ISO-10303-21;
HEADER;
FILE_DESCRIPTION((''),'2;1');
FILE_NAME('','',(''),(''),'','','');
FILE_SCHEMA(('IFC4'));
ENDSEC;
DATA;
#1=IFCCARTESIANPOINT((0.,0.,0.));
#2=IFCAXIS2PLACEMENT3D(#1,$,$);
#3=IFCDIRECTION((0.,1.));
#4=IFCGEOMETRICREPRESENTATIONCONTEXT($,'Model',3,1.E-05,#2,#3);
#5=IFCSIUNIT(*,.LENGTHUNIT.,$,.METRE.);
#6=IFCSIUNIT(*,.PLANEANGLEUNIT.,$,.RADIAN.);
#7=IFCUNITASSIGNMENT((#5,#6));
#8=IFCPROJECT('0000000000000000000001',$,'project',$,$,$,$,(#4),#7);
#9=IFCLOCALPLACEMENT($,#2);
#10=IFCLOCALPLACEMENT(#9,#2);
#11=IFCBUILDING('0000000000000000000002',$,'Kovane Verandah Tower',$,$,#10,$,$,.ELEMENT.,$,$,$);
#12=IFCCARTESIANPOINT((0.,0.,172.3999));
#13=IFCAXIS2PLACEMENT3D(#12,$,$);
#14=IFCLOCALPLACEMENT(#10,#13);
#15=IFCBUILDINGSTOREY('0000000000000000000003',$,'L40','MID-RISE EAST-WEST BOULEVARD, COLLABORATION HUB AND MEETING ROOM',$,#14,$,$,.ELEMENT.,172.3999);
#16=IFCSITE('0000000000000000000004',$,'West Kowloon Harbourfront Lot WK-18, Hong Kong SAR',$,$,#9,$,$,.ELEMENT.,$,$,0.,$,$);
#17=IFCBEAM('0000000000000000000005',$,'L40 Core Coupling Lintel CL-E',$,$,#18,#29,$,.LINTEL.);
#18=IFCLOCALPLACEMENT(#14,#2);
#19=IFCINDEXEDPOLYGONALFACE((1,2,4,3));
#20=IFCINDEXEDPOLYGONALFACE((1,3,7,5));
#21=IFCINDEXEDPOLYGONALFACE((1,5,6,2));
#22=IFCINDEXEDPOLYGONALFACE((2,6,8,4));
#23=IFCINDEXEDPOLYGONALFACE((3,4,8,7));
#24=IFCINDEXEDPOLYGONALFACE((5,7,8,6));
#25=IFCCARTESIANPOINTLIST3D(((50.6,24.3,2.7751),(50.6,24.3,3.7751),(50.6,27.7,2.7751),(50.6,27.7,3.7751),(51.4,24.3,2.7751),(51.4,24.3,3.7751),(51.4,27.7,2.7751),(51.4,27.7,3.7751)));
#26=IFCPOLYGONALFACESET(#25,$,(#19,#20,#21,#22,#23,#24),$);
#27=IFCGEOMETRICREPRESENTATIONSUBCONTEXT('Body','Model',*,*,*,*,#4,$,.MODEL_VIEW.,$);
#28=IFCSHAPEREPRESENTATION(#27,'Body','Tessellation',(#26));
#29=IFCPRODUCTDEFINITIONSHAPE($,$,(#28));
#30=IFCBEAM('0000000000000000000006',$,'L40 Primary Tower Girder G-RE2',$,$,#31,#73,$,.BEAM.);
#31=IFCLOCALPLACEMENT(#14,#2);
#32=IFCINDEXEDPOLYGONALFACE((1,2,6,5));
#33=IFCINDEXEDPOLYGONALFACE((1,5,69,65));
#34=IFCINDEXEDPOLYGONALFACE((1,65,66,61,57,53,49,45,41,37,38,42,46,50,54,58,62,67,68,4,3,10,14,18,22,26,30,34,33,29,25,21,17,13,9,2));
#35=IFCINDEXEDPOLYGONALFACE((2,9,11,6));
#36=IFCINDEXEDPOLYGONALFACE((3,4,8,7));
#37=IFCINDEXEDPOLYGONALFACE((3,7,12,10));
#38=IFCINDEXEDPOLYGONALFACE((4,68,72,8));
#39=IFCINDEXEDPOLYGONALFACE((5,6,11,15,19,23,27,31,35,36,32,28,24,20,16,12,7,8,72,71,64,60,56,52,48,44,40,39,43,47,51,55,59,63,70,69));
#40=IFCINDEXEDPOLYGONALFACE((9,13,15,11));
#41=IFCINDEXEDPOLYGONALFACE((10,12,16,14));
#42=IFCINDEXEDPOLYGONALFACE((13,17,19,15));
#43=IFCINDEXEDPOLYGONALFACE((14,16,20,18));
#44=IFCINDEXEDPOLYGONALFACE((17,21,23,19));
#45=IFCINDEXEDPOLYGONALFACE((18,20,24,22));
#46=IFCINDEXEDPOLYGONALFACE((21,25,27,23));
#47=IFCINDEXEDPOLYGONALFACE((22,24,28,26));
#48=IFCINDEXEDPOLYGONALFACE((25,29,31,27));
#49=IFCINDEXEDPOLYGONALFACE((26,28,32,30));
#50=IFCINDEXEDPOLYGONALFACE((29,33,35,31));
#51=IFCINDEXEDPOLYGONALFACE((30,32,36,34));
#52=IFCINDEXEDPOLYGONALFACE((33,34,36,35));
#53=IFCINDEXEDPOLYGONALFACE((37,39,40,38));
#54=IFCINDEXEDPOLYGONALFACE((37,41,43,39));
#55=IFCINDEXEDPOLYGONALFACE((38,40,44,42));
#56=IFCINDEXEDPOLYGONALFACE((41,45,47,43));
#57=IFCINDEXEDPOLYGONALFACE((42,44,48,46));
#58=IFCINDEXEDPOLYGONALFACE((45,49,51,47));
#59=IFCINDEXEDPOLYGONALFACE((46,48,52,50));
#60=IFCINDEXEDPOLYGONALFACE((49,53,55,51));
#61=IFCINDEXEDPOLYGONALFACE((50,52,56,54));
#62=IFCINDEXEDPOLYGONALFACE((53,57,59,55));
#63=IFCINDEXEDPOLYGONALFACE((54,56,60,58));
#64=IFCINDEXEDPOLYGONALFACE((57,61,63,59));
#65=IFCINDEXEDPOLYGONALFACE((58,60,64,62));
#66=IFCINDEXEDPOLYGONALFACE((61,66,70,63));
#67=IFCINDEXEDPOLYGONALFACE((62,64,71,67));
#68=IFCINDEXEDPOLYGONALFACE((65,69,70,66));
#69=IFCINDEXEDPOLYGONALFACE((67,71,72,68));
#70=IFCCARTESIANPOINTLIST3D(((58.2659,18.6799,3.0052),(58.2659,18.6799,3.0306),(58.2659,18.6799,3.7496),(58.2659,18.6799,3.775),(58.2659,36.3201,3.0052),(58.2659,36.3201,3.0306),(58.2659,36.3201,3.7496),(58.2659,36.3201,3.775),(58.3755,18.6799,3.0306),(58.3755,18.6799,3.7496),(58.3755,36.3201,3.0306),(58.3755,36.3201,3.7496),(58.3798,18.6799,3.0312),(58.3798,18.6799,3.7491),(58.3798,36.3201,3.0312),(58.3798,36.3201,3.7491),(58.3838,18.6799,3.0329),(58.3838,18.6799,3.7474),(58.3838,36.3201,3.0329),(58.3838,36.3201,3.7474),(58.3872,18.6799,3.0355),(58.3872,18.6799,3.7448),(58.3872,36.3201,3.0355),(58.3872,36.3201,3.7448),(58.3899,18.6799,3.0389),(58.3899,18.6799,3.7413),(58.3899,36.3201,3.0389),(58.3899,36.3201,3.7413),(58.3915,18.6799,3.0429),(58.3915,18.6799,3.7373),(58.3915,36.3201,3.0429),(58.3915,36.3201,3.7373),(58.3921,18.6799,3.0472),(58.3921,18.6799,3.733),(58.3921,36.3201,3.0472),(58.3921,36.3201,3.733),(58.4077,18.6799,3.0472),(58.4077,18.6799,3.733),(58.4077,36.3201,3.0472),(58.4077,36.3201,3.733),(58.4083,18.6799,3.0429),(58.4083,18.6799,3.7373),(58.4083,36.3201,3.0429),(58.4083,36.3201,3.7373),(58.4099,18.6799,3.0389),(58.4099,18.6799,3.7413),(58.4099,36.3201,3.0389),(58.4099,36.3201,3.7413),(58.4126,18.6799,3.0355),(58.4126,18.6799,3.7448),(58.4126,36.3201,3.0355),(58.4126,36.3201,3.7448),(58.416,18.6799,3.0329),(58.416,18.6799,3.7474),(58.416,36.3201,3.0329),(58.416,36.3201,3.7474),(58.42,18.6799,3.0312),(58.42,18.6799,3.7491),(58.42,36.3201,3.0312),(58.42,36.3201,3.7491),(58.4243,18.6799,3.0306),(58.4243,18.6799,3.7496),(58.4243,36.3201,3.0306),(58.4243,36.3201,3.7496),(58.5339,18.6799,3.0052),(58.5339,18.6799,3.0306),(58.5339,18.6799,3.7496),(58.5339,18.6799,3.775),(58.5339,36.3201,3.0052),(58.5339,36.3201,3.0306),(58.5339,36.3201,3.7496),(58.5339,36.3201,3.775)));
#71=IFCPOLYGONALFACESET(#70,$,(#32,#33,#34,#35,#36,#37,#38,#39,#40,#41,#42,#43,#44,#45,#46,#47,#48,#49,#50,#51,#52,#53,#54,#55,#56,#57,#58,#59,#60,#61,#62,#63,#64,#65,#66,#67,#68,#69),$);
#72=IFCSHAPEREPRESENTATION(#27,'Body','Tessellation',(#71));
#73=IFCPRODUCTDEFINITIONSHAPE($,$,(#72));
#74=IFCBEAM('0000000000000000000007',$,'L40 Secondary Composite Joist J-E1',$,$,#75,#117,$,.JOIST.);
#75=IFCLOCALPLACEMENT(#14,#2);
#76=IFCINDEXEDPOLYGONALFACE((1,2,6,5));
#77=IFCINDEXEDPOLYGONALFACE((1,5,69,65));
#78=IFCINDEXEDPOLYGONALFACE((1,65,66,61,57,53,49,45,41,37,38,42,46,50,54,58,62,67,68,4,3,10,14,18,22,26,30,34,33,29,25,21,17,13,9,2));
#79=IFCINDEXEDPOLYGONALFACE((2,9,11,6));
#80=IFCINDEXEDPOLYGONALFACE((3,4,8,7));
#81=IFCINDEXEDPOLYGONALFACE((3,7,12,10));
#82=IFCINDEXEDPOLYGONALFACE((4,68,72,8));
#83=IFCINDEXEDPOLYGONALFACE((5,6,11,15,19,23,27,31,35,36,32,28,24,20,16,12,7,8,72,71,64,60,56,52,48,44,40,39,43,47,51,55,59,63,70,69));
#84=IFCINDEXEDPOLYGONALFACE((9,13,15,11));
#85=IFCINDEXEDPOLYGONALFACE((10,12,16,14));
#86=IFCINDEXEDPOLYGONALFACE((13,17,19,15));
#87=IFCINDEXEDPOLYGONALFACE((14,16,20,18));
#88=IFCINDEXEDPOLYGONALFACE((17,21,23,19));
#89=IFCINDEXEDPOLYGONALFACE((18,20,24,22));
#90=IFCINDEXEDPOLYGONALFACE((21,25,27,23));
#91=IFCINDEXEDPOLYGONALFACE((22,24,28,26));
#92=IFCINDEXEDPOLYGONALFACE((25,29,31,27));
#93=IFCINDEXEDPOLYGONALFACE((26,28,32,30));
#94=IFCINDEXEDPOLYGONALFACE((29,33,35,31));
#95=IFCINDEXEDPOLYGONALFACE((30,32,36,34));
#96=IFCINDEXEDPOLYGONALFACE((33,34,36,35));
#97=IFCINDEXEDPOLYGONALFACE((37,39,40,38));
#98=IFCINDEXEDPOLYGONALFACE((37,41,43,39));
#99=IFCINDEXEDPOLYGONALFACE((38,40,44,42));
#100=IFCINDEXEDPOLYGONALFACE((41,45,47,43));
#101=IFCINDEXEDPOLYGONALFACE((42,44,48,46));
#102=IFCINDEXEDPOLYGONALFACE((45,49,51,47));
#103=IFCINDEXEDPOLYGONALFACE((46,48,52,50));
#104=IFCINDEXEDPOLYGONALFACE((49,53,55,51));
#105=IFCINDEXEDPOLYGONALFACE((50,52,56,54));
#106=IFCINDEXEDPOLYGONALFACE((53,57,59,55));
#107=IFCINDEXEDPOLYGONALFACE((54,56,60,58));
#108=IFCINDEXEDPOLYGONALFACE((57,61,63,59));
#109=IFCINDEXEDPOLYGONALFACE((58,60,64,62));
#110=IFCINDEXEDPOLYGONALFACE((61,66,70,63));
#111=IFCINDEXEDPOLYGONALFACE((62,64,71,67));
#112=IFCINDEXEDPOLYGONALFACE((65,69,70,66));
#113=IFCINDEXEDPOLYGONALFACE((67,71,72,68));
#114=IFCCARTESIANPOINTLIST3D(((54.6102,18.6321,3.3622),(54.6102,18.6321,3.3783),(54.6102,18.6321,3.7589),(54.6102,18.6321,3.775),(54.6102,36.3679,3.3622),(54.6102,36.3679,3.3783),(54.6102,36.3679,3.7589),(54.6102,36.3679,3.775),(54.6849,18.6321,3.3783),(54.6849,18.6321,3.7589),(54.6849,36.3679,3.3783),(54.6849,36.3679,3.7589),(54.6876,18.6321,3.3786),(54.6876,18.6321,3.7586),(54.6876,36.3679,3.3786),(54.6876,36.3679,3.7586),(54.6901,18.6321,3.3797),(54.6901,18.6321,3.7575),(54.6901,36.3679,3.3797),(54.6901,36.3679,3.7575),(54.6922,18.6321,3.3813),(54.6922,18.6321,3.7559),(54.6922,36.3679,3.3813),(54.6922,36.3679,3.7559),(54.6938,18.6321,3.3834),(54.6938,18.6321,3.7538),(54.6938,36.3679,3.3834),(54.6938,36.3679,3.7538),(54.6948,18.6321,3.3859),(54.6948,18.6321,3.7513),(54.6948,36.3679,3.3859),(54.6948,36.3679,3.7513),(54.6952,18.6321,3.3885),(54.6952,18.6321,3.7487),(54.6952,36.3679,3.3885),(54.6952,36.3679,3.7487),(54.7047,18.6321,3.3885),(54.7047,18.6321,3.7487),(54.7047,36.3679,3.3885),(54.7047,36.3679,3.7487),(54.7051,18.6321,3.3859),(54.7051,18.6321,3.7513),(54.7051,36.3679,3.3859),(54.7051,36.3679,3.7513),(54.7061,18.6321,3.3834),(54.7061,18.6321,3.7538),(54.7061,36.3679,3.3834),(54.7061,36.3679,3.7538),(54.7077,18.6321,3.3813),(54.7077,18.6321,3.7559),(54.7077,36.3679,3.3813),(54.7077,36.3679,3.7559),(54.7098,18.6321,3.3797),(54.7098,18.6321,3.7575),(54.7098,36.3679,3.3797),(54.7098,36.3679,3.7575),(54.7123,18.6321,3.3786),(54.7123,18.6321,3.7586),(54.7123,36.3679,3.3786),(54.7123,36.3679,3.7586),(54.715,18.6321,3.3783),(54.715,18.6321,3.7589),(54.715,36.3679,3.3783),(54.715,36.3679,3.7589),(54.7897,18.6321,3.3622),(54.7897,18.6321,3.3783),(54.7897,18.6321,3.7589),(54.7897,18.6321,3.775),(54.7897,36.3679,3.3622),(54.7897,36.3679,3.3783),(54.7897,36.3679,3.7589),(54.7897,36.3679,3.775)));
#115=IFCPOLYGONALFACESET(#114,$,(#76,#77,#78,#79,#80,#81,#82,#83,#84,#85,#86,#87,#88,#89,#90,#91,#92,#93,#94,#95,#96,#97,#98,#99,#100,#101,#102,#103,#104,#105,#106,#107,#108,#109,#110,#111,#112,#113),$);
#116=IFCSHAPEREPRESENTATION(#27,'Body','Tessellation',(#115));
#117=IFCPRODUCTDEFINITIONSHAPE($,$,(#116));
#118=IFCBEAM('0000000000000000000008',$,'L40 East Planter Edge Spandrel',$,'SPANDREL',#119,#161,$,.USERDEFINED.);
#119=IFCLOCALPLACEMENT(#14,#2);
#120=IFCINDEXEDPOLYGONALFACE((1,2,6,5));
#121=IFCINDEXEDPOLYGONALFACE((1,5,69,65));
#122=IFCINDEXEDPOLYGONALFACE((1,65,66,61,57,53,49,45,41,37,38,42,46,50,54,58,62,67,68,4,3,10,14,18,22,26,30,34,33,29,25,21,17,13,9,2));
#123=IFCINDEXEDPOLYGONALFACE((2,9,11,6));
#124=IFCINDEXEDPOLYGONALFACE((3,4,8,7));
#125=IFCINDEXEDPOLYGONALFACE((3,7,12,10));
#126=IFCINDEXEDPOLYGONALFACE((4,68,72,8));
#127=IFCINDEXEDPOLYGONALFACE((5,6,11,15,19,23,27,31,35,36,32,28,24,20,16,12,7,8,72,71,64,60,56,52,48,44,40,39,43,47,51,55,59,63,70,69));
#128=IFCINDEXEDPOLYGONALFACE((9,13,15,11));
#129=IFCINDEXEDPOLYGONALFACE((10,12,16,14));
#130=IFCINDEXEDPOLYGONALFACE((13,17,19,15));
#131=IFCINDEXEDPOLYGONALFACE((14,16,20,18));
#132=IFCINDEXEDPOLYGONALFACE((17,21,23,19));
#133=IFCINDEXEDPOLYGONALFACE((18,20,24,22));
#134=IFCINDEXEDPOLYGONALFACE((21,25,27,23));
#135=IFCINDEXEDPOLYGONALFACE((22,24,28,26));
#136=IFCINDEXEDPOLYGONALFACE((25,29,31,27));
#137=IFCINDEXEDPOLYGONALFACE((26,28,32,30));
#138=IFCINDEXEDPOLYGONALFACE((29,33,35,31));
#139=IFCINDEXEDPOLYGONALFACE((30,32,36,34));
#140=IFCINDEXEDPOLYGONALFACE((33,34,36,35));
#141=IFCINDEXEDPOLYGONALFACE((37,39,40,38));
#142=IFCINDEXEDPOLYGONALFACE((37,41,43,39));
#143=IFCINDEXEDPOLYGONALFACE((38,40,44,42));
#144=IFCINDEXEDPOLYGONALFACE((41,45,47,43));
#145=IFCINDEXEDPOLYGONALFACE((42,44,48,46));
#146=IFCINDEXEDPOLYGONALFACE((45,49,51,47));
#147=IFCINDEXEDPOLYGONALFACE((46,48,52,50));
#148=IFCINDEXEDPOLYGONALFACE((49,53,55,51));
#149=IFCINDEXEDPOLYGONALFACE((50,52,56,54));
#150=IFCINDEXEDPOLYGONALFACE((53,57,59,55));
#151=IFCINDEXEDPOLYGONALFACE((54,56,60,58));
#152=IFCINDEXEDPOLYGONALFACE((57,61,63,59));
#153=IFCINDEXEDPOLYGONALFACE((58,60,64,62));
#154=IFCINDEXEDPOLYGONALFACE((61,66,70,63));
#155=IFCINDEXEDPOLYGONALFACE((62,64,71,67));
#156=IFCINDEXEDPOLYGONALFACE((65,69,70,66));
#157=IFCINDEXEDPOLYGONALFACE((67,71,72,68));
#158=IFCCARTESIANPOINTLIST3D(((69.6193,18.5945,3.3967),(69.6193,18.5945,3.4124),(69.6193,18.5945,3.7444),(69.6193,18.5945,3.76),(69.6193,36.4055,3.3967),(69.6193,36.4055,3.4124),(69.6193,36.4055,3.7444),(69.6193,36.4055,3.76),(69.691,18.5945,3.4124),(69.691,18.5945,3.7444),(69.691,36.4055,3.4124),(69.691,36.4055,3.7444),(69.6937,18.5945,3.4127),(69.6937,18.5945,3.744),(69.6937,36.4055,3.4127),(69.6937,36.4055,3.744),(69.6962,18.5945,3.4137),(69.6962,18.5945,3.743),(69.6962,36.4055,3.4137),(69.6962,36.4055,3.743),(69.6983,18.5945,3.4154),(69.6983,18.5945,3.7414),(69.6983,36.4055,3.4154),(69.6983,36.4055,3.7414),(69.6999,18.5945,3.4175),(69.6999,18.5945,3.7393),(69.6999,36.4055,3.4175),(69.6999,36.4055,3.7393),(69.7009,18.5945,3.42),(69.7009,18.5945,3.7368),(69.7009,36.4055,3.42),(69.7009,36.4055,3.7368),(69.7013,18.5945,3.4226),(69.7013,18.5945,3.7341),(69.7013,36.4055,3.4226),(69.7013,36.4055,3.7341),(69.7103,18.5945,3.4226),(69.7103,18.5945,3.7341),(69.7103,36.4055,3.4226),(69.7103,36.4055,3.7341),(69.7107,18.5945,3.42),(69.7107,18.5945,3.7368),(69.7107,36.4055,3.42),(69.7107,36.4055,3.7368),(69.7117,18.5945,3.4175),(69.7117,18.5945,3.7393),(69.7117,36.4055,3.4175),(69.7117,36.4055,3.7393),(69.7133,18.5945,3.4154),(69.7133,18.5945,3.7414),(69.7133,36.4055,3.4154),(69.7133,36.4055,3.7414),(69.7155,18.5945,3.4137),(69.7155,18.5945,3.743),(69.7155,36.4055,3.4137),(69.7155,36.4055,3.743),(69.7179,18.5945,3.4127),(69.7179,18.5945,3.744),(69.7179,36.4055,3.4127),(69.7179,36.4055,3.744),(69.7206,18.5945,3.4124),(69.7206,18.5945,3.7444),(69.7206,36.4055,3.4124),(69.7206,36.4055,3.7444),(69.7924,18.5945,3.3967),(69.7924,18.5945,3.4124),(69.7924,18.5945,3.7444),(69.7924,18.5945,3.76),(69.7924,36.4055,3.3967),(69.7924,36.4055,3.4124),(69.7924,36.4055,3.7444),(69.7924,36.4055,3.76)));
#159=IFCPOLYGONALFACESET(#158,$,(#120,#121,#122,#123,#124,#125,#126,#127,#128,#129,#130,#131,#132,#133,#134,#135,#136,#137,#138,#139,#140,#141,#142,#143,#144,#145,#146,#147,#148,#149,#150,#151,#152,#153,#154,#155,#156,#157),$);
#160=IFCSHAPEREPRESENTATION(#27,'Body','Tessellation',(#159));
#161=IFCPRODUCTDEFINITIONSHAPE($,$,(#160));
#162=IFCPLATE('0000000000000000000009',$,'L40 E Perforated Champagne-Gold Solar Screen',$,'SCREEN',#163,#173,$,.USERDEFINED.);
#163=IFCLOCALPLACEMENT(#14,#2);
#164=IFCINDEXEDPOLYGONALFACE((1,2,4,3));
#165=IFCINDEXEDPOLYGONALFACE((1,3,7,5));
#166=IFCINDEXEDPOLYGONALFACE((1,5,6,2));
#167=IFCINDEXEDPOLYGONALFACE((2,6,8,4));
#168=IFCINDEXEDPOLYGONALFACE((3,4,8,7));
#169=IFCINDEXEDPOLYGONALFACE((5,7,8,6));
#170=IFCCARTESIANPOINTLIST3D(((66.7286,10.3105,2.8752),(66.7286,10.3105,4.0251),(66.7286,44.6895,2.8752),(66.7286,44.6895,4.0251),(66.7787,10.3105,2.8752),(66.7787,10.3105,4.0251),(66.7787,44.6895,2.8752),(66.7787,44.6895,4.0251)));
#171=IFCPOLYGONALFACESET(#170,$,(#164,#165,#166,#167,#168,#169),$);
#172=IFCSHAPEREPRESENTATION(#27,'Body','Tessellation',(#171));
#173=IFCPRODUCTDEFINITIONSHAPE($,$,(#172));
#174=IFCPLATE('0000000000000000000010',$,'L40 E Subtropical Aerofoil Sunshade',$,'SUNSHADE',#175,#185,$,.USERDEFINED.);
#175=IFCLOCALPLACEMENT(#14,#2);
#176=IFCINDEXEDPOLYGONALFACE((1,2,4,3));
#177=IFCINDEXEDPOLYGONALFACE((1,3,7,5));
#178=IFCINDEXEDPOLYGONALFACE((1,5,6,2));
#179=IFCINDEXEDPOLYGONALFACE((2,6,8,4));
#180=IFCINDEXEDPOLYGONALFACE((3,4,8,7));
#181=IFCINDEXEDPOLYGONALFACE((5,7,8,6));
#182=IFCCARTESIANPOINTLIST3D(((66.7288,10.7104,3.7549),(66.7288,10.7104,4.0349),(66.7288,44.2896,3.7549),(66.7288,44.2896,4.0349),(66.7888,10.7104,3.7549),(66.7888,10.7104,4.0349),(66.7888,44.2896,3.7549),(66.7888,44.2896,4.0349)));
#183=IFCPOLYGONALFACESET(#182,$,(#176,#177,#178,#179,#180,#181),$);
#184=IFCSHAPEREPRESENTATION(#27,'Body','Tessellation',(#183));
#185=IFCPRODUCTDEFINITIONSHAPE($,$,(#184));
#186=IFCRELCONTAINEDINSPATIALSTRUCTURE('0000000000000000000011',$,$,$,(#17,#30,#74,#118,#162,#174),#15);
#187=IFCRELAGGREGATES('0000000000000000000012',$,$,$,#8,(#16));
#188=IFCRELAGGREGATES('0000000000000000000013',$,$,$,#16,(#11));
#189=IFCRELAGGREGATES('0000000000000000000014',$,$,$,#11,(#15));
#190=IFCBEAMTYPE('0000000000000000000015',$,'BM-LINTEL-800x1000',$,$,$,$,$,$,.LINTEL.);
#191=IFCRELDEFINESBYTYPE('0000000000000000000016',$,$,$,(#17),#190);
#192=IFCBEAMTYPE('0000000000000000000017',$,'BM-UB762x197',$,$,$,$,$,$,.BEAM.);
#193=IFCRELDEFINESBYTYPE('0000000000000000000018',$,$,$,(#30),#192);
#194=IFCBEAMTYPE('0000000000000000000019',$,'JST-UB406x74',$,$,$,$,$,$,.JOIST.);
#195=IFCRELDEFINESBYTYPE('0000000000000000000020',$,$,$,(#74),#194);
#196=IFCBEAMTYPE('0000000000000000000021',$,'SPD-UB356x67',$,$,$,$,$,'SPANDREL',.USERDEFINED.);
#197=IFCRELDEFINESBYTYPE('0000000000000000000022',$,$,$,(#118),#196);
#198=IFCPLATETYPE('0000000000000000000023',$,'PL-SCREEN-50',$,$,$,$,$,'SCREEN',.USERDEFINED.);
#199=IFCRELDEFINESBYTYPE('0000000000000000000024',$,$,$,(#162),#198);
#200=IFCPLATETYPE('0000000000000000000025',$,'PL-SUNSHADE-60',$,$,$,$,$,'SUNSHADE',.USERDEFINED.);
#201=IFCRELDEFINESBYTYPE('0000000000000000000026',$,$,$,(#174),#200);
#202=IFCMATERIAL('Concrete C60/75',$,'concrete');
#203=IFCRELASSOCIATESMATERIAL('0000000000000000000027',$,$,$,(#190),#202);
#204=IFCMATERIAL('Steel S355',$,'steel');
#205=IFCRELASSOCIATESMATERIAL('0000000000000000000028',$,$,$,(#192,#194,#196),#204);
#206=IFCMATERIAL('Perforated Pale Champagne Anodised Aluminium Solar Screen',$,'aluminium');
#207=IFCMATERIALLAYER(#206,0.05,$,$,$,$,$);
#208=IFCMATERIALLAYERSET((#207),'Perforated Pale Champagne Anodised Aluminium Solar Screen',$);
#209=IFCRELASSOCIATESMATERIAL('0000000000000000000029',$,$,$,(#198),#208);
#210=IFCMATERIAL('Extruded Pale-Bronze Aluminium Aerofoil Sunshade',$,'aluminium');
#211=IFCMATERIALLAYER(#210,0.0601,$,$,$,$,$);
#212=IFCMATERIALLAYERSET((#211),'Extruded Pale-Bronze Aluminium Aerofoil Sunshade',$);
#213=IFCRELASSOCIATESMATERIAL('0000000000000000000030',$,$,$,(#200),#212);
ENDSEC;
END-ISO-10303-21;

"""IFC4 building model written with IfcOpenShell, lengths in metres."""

from ifc_helpers import new_model, si_unit, direction, frame, origin, origin_2d, place, context, subcontext, project, spatial, rectangle, i_section, extrude, material, layer, layer_set, material_profile, profile_set, type_object, element, save


model = new_model("IFC4")

# Units and contexts
model_context = context("Model", 3, precision=1e-05, world=origin(), true_north=direction((0.0, 1.0)))
body_context = subcontext(model_context, "Body", "Model", "MODEL_VIEW")
ifc_project = project(units=[si_unit("LENGTHUNIT", "METRE"), si_unit("PLANEANGLEUNIT", "RADIAN")], contexts=[model_context])

# Site, building, storey
site_placement = place(None, origin())
site = spatial("IfcSite", under=ifc_project, at=site_placement, Name="West Kowloon Harbourfront Lot WK-18, Hong Kong SAR", CompositionType="ELEMENT", RefElevation=0.0)
building_placement = place(site_placement, origin())
building = spatial("IfcBuilding", under=site, at=building_placement, Name="Kovane Verandah Tower", CompositionType="ELEMENT")
storey_placement = place(building_placement, frame((0.0, 0.0, 172.3999)))
storey = spatial("IfcBuildingStorey", under=building, at=storey_placement, Name="L40", Description="MID-RISE EAST-WEST BOULEVARD, COLLABORATION HUB AND MEETING ROOM", CompositionType="ELEMENT", Elevation=172.3999)

# Beams
ifc_material_1 = material(Name="Concrete C60/75", Category="concrete")
ifc_material_profile_1 = material_profile(ifc_material_1, rectangle(XDim=0.8, YDim=1.0, at=origin_2d()), Name="RCB800x1000")
ifc_profile_set_1 = profile_set([ifc_material_profile_1], Name="Concrete C60/75")
beam_type_1 = type_object("IfcBeamType", Name="BM-LINTEL-800x1000", PredefinedType="LINTEL", material=ifc_profile_set_1)
beam_1_placement = place(storey_placement, frame((51.0, 24.3, 3.2751), z_axis=(0.0, 1.0, 0.0), x_axis=(-1.0, 0.0, 0.0)))
element("IfcBeam", 1, at=beam_1_placement, inside=storey, type_object=beam_type_1, Name="L40 Core Coupling Lintel CL-E", PredefinedType="LINTEL", context=body_context, shape_type="SweptSolid", body=[
    extrude(rectangle(XDim=0.8, YDim=1.0, at=origin_2d()), origin(), (0.0, 0.0, 1.0), 3.3999),
])
ifc_material_2 = material(Name="Steel S355", Category="steel")
ifc_material_profile_2 = material_profile(ifc_material_2, i_section(OverallWidth=0.2681, OverallDepth=0.7698, WebThickness=0.0156, FlangeThickness=0.0254, FilletRadius=0.0166, at=origin_2d()), Name="UB762x267x197")
ifc_profile_set_2 = profile_set([ifc_material_profile_2], Name="Steel S355")
beam_type_2 = type_object("IfcBeamType", Name="BM-UB762x197", PredefinedType="BEAM", material=ifc_profile_set_2)
beam_2_placement = place(storey_placement, frame((58.3999, 18.6799, 3.3901), z_axis=(0.0, 1.0, 0.0), x_axis=(-1.0, 0.0, 0.0)))
element("IfcBeam", 2, at=beam_2_placement, inside=storey, type_object=beam_type_2, Name="L40 Primary Tower Girder G-RE2", PredefinedType="BEAM", context=body_context, shape_type="SweptSolid", body=[
    extrude(i_section(OverallWidth=0.2681, OverallDepth=0.7698, WebThickness=0.0156, FlangeThickness=0.0254, FilletRadius=0.0166, at=origin_2d()), origin(), (0.0, 0.0, 1.0), 17.6401),
])
ifc_material_profile_3 = material_profile(ifc_material_2, i_section(OverallWidth=0.1794, OverallDepth=0.4128, WebThickness=0.0095, FlangeThickness=0.0161, FilletRadius=0.0103, at=origin_2d()), Name="UB406x178x74")
ifc_profile_set_3 = profile_set([ifc_material_profile_3], Name="Steel S355")
beam_type_3 = type_object("IfcBeamType", Name="JST-UB406x74", PredefinedType="JOIST", material=ifc_profile_set_3)
beam_3_placement = place(storey_placement, frame((54.7, 18.6321, 3.5686), z_axis=(0.0, 1.0, 0.0), x_axis=(-1.0, 0.0, 0.0)))
element("IfcBeam", 3, at=beam_3_placement, inside=storey, type_object=beam_type_3, Name="L40 Secondary Composite Joist J-E1", PredefinedType="JOIST", context=body_context, shape_type="SweptSolid", body=[
    extrude(i_section(OverallWidth=0.1794, OverallDepth=0.4128, WebThickness=0.0095, FlangeThickness=0.0161, FilletRadius=0.0103, at=origin_2d()), origin(), (0.0, 0.0, 1.0), 17.7358),
])
ifc_material_profile_4 = material_profile(ifc_material_2, i_section(OverallWidth=0.1731, OverallDepth=0.3633, WebThickness=0.009, FlangeThickness=0.0156, FilletRadius=0.0103, at=origin_2d()), Name="UB356x171x67")
ifc_profile_set_4 = profile_set([ifc_material_profile_4], Name="Steel S355")
beam_type_4 = type_object("IfcBeamType", Name="SPD-UB356x67", ElementType="SPANDREL", PredefinedType="USERDEFINED", material=ifc_profile_set_4)
beam_4_placement = place(storey_placement, frame((69.7058, 18.5945, 3.5784), z_axis=(0.0, 1.0, 0.0), x_axis=(-1.0, 0.0, 0.0)))
element("IfcBeam", 4, at=beam_4_placement, inside=storey, type_object=beam_type_4, Name="L40 East Planter Edge Spandrel", ObjectType="SPANDREL", PredefinedType="USERDEFINED", context=body_context, shape_type="SweptSolid", body=[
    extrude(i_section(OverallWidth=0.1731, OverallDepth=0.3633, WebThickness=0.009, FlangeThickness=0.0156, FilletRadius=0.0103, at=origin_2d()), origin(), (0.0, 0.0, 1.0), 17.811),
])

# Plates
ifc_material_3 = material(Name="Perforated Pale Champagne Anodised Aluminium Solar Screen", Category="aluminium")
ifc_layer_1 = layer(ifc_material_3, 0.05)
ifc_layer_set_1 = layer_set([ifc_layer_1], Name="Perforated Pale Champagne Anodised Aluminium Solar Screen")
plate_type_1 = type_object("IfcPlateType", Name="PL-SCREEN-50", ElementType="SCREEN", PredefinedType="USERDEFINED", material=ifc_layer_set_1)
plate_1_placement = place(storey_placement, frame((66.7537, 27.5, 2.8752), z_axis=(0.0, 0.0, 1.0), x_axis=(0.0, 1.0, 0.0)))
element("IfcPlate", 5, at=plate_1_placement, inside=storey, type_object=plate_type_1, Name="L40 E Perforated Champagne-Gold Solar Screen", ObjectType="SCREEN", PredefinedType="USERDEFINED", context=body_context, shape_type="SweptSolid", body=[
    extrude(rectangle(XDim=34.3789, YDim=0.05, at=origin_2d()), origin(), (0.0, 0.0, 1.0), 1.1499),
])
ifc_material_4 = material(Name="Extruded Pale-Bronze Aluminium Aerofoil Sunshade", Category="aluminium")
ifc_layer_2 = layer(ifc_material_4, 0.0601)
ifc_layer_set_2 = layer_set([ifc_layer_2], Name="Extruded Pale-Bronze Aluminium Aerofoil Sunshade")
plate_type_2 = type_object("IfcPlateType", Name="PL-SUNSHADE-60", ElementType="SUNSHADE", PredefinedType="USERDEFINED", material=ifc_layer_set_2)
plate_2_placement = place(storey_placement, frame((66.7588, 27.5, 3.7549), z_axis=(0.0, 0.0, 1.0), x_axis=(0.0, 1.0, 0.0)))
element("IfcPlate", 6, at=plate_2_placement, inside=storey, type_object=plate_type_2, Name="L40 E Subtropical Aerofoil Sunshade", ObjectType="SUNSHADE", PredefinedType="USERDEFINED", context=body_context, shape_type="SweptSolid", body=[
    extrude(rectangle(XDim=33.5791, YDim=0.0601, at=origin_2d()), origin(), (0.0, 0.0, 1.0), 0.28),
])

save(model, "model.ifc")
